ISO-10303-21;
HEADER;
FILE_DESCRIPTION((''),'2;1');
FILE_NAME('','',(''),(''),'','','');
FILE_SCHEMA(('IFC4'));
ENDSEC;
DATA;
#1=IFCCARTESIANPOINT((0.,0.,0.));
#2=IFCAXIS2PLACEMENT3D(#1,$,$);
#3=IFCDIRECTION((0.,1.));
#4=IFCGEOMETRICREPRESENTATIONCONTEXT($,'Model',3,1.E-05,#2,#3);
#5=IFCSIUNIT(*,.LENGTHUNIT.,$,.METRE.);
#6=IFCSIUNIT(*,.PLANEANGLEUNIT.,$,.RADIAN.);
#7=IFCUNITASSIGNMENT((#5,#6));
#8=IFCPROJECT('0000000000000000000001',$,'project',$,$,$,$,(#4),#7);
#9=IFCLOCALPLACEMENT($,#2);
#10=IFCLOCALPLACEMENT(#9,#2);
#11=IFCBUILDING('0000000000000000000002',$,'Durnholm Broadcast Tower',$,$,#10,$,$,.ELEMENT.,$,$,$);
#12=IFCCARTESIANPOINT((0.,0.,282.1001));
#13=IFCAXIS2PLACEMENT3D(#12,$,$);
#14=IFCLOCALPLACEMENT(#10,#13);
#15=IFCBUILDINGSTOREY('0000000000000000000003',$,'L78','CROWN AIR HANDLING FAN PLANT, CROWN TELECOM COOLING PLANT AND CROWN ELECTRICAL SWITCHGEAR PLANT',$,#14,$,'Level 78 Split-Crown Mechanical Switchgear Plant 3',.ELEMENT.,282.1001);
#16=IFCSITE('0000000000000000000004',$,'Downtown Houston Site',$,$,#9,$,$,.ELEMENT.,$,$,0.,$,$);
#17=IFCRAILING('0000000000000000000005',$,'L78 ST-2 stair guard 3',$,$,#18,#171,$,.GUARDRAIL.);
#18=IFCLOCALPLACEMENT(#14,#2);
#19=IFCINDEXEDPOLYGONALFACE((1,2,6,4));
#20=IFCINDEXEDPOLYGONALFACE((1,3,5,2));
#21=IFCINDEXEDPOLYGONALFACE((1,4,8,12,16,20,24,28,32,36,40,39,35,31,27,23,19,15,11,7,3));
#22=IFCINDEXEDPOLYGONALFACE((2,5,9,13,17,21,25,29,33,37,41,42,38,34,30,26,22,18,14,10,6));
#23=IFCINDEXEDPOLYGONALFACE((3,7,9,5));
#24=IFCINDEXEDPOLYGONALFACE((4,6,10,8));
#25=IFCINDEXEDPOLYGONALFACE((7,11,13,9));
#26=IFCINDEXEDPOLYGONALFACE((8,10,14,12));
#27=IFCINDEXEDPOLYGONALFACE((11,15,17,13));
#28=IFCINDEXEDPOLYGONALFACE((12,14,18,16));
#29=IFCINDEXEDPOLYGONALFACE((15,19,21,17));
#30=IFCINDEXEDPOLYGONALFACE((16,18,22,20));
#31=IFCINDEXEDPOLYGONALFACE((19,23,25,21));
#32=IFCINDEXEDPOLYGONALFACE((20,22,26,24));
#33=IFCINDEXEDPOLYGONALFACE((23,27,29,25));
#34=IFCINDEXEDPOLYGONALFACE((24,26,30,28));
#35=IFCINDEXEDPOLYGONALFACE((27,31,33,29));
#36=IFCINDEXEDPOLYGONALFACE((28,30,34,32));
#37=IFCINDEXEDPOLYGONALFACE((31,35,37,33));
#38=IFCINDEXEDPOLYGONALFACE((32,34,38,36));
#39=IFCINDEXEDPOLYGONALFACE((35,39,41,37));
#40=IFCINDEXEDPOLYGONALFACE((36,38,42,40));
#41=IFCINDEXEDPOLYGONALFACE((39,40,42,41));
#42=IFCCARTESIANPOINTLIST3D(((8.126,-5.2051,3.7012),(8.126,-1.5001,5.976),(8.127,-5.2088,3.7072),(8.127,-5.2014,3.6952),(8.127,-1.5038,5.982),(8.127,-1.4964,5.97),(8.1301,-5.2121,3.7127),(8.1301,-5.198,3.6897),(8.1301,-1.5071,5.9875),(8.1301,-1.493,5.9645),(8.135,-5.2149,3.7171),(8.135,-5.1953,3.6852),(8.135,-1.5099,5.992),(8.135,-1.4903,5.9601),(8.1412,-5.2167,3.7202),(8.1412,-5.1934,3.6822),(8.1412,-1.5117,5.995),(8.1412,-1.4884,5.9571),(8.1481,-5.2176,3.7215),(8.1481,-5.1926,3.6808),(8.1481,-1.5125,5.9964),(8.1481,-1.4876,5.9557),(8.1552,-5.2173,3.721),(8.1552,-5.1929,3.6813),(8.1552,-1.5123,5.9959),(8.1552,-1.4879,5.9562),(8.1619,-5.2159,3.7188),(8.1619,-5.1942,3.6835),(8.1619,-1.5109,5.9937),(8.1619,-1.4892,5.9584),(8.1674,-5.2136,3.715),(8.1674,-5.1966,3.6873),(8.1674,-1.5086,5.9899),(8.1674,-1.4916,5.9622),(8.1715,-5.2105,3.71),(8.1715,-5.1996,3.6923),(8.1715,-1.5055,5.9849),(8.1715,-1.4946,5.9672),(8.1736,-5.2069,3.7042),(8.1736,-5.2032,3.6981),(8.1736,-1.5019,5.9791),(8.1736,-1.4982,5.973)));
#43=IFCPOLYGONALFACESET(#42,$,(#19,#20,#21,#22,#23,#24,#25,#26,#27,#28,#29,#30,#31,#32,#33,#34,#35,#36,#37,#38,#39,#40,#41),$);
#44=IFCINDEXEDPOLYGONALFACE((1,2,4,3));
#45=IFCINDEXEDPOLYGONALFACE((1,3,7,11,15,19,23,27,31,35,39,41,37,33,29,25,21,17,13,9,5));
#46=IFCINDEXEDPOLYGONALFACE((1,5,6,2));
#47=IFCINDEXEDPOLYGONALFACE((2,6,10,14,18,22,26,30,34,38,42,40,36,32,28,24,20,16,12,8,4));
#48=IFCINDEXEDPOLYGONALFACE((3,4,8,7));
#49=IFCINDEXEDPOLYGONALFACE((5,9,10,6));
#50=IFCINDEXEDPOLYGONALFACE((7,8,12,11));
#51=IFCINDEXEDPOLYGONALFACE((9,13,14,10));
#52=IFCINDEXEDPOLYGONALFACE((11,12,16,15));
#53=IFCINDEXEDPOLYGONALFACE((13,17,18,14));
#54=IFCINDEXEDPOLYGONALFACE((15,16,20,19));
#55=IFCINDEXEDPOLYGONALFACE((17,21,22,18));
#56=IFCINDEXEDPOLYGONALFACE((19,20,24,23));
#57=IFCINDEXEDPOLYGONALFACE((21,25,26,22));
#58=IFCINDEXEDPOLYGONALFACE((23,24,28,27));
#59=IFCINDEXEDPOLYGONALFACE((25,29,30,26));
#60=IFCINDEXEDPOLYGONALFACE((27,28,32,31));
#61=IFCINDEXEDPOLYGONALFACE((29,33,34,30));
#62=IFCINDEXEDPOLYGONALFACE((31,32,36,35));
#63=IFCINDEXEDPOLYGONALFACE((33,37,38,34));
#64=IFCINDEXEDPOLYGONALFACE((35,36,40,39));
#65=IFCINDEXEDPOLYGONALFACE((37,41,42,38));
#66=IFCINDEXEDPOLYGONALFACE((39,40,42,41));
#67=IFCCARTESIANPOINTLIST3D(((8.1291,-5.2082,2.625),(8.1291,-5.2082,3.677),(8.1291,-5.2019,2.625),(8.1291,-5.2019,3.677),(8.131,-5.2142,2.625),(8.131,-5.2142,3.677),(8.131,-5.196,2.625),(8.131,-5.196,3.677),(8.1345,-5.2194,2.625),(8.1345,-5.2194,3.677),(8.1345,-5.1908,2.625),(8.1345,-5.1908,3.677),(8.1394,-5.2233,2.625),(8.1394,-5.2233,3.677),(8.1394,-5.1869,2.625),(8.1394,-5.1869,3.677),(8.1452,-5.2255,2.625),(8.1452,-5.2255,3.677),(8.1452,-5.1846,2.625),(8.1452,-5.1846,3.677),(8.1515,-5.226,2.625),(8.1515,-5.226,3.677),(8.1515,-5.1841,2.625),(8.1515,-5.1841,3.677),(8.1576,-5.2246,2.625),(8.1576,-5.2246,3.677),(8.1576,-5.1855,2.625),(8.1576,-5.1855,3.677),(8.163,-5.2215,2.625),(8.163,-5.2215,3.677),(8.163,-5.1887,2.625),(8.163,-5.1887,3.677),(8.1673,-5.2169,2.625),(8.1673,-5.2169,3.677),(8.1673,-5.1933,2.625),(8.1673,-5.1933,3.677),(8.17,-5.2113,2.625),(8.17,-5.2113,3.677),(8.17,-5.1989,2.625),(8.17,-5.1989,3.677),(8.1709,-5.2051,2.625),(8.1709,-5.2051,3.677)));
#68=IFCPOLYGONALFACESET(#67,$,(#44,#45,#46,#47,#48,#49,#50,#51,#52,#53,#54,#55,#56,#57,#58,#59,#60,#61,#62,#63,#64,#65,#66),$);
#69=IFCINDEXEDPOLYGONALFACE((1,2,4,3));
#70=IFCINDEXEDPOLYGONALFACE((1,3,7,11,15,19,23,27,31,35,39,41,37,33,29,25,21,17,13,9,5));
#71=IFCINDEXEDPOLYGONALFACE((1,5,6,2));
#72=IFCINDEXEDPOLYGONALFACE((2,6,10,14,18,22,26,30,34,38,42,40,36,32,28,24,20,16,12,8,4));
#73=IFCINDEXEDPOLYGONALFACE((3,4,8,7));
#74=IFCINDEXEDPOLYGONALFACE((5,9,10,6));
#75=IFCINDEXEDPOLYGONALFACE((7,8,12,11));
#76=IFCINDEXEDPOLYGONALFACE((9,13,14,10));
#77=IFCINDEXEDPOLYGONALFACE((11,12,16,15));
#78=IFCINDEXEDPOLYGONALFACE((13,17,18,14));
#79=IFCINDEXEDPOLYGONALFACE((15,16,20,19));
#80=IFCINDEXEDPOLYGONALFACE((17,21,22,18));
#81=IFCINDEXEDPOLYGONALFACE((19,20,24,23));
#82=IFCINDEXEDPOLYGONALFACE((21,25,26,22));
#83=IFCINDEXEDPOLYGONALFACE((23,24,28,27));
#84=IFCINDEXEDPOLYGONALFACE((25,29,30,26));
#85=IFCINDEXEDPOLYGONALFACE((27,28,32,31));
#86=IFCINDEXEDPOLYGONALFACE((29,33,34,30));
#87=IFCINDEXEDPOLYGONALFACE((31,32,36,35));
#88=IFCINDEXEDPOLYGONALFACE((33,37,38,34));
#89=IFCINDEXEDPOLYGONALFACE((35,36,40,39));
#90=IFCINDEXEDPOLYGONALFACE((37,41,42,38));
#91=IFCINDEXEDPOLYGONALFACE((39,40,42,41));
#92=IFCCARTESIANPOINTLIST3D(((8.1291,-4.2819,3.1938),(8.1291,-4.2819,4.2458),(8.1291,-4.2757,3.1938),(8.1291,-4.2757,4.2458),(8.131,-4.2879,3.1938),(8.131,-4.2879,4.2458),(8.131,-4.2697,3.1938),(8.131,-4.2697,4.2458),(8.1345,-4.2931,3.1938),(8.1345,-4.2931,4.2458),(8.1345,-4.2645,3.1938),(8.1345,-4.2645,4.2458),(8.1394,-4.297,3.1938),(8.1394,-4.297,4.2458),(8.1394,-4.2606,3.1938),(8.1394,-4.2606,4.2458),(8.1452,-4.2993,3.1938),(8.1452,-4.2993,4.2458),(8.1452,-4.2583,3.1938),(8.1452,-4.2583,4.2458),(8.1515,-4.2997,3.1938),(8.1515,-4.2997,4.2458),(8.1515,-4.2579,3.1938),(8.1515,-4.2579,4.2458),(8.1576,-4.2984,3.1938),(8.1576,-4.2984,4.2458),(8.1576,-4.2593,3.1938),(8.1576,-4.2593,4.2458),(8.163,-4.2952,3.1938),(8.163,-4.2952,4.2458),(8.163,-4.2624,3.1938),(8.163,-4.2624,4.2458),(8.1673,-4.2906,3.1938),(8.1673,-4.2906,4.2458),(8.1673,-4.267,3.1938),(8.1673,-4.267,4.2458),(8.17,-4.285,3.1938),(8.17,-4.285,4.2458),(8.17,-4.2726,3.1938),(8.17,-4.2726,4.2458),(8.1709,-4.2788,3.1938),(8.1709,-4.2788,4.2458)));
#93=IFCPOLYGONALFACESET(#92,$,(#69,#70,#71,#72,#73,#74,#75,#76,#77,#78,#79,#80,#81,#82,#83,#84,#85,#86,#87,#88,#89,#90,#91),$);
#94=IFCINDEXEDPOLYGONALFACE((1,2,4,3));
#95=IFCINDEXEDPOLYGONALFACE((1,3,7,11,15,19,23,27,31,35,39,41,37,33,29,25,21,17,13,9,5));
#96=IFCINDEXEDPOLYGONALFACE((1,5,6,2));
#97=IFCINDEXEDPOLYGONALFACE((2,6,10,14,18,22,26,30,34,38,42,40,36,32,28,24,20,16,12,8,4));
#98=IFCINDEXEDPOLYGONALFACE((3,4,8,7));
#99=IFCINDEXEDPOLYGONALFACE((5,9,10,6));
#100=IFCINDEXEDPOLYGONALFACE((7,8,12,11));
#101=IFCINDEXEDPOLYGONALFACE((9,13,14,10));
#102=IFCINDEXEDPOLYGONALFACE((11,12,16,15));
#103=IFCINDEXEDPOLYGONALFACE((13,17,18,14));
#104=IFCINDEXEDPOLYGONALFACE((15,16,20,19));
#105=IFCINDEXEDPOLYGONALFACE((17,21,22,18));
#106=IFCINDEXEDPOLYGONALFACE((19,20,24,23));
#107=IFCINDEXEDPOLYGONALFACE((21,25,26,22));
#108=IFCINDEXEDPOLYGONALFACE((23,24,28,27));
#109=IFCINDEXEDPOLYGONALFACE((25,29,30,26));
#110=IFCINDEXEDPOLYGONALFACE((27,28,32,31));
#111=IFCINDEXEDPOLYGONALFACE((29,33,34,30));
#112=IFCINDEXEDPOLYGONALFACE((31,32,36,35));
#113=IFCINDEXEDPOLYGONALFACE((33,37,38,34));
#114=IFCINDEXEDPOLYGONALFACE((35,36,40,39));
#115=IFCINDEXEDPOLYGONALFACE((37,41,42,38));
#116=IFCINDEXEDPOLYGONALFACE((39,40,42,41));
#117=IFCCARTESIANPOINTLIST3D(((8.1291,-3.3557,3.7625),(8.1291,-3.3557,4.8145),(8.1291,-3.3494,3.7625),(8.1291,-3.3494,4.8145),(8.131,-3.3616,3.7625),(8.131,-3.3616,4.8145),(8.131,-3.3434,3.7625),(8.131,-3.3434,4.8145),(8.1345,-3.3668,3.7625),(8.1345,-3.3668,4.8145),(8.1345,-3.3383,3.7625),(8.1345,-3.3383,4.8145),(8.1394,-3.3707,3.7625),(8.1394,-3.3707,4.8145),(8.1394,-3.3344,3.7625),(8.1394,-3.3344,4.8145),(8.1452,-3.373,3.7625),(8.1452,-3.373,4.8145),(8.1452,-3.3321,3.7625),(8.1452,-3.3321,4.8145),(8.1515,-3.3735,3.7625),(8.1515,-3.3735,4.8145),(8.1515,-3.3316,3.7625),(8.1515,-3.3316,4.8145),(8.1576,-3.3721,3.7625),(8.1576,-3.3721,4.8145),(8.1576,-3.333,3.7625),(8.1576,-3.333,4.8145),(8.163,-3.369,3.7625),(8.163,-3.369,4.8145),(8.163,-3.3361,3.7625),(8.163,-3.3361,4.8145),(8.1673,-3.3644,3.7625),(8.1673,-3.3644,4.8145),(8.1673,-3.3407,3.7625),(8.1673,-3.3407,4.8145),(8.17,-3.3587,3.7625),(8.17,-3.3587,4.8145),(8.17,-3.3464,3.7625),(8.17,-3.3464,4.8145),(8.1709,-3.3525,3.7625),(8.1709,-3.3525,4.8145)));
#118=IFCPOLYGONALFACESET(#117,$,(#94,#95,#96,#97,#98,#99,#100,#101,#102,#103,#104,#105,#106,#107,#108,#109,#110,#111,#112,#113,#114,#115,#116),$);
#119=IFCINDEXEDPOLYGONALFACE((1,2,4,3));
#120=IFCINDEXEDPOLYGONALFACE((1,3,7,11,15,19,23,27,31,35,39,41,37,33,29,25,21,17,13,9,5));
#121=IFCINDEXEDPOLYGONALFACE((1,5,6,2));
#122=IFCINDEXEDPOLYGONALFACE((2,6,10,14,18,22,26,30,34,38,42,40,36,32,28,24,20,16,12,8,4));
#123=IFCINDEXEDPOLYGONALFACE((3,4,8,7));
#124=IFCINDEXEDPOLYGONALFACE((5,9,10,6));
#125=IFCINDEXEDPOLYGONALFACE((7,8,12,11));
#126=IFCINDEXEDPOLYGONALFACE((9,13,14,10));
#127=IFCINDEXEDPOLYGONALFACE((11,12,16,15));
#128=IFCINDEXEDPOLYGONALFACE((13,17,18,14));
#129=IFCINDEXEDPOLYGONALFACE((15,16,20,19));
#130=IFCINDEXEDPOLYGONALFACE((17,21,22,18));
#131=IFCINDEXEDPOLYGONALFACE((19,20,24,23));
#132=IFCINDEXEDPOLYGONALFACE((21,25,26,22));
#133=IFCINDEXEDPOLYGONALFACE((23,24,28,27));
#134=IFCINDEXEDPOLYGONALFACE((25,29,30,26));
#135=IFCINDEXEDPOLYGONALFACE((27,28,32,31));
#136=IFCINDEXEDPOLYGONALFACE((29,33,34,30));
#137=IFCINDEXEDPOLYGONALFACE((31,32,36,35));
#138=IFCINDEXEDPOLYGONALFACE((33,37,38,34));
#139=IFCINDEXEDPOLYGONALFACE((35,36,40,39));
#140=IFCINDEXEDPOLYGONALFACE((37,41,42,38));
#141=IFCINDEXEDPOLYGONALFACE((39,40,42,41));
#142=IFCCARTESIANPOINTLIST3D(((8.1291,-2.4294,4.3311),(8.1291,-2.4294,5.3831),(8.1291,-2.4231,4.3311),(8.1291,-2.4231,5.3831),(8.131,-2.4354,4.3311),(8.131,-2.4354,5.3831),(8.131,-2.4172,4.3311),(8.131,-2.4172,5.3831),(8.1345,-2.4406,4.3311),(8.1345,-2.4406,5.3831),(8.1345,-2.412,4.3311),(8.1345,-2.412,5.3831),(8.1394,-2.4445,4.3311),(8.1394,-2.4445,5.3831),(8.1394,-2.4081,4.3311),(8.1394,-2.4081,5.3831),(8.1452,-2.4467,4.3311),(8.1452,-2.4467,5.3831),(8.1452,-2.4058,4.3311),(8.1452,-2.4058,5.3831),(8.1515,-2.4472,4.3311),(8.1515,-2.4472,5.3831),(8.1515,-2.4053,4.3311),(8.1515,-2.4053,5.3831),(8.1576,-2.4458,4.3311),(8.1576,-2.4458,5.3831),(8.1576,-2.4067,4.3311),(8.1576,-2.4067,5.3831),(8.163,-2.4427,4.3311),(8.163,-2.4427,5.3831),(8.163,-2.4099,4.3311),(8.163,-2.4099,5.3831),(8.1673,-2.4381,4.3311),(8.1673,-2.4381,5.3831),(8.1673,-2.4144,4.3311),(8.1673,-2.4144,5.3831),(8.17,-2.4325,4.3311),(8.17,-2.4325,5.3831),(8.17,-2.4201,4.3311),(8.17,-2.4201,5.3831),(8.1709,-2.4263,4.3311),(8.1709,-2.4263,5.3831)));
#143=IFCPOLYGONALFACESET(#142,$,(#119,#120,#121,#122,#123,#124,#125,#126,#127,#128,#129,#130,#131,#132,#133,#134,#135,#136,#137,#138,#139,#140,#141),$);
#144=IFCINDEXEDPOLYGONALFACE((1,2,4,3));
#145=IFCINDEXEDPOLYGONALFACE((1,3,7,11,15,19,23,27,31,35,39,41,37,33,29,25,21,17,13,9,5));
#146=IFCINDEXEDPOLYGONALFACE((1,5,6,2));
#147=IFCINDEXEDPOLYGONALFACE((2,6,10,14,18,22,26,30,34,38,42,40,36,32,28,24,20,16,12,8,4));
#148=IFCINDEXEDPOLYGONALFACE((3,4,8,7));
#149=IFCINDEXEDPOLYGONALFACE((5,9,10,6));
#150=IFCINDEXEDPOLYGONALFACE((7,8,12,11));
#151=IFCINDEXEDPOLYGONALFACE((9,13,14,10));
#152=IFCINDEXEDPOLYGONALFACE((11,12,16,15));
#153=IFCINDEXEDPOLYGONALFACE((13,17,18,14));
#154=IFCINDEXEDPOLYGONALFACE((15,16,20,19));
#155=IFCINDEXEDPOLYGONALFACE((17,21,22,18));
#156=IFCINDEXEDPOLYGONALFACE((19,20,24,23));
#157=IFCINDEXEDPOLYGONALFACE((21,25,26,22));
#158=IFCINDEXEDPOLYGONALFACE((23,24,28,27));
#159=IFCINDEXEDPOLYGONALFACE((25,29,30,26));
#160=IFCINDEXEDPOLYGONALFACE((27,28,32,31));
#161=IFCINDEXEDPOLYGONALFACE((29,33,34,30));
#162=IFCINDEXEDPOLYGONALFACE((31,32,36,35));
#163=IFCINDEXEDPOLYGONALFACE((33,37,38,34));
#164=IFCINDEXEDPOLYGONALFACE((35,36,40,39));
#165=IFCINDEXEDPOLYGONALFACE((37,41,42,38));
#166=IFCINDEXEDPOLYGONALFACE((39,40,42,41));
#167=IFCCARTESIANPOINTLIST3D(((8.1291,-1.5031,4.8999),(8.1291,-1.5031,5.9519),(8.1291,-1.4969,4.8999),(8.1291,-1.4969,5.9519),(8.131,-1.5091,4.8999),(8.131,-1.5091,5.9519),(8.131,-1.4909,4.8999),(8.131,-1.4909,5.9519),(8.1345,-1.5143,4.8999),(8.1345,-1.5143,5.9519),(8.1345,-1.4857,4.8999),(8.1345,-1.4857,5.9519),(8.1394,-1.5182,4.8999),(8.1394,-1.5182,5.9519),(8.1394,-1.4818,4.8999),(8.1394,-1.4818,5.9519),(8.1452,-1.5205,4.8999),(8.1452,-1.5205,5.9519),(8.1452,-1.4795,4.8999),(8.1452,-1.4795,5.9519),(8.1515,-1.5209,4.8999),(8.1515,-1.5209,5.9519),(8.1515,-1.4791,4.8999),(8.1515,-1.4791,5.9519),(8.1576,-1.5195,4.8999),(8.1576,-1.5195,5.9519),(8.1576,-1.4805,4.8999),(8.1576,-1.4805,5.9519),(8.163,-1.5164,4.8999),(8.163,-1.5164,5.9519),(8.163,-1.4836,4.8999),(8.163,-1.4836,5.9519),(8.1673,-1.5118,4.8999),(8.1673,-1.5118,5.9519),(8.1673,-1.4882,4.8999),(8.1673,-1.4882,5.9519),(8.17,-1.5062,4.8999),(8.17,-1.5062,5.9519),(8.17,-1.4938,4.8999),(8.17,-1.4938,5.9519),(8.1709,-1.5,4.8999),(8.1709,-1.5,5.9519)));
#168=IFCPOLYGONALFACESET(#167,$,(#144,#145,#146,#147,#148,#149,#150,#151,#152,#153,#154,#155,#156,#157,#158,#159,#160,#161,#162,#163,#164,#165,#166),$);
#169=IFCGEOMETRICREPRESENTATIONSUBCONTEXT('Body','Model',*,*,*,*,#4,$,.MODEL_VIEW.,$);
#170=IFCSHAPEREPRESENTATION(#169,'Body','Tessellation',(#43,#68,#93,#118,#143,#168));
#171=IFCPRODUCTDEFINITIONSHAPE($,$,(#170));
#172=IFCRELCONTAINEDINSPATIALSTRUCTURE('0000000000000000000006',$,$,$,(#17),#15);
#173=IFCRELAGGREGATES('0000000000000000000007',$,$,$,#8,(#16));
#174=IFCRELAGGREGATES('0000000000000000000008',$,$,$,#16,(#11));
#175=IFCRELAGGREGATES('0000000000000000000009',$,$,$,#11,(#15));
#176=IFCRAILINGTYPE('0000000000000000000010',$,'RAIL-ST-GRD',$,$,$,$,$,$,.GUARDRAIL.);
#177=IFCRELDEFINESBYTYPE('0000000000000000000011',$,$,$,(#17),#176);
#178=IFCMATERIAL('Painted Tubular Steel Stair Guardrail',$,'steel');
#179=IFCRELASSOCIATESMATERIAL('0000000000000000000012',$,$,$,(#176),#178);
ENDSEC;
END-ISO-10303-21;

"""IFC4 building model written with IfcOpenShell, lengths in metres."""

from ifc_helpers import new_model, si_unit, direction, frame, origin, origin_2d, place, context, subcontext, project, spatial, circle, extrude, material, type_object, element, save


model = new_model("IFC4")

# Units and contexts
model_context = context("Model", 3, precision=1e-05, world=origin(), true_north=direction((0.0, 1.0)))
body_context = subcontext(model_context, "Body", "Model", "MODEL_VIEW")
ifc_project = project(units=[si_unit("LENGTHUNIT", "METRE"), si_unit("PLANEANGLEUNIT", "RADIAN")], contexts=[model_context])

# Site, building, storey
site_placement = place(None, origin())
site = spatial("IfcSite", under=ifc_project, at=site_placement, Name="Downtown Houston Site", CompositionType="ELEMENT", RefElevation=0.0)
building_placement = place(site_placement, origin())
building = spatial("IfcBuilding", under=site, at=building_placement, Name="Durnholm Broadcast Tower", CompositionType="ELEMENT")
storey_placement = place(building_placement, frame((0.0, 0.0, 282.1001)))
storey = spatial("IfcBuildingStorey", under=building, at=storey_placement, Name="L78", Description="CROWN AIR HANDLING FAN PLANT, CROWN TELECOM COOLING PLANT AND CROWN ELECTRICAL SWITCHGEAR PLANT", LongName="Level 78 Split-Crown Mechanical Switchgear Plant 3", CompositionType="ELEMENT", Elevation=282.1001)

# Railing
ifc_material_1 = material(Name="Painted Tubular Steel Stair Guardrail", Category="steel")
railing_type_1 = type_object("IfcRailingType", Name="RAIL-ST-GRD", PredefinedType="GUARDRAIL", material=ifc_material_1)
railing_1_placement = place(storey_placement, frame((8.1499, -5.2051, 2.625)))
element("IfcRailing", 1, at=railing_1_placement, inside=storey, type_object=railing_type_1, Name="L78 ST-2 stair guard 3", PredefinedType="GUARDRAIL", context=body_context, shape_type="SweptSolid", body=[
    extrude(circle(Radius=0.0239, at=origin_2d()), frame((0.0, 0.0, 1.0762), z_axis=(0.0, 0.852186, 0.523239), x_axis=(-1.0, 0.0, 0.0)), (0.0, 0.0, 1.0), 4.3477),
    extrude(circle(Radius=0.021, at=origin_2d()), origin(), (0.0, 0.0, 1.0), 1.052),
    extrude(circle(Radius=0.021, at=origin_2d()), frame((0.0, 0.9263, 0.5688)), (0.0, 0.0, 1.0), 1.052),
    extrude(circle(Radius=0.021, at=origin_2d()), frame((0.0, 1.8525, 1.1375)), (0.0, 0.0, 1.0), 1.052),
    extrude(circle(Radius=0.021, at=origin_2d()), frame((0.0, 2.7788, 1.7061)), (0.0, 0.0, 1.0), 1.052),
    extrude(circle(Radius=0.021, at=origin_2d()), frame((0.0, 3.7051, 2.2749)), (0.0, 0.0, 1.0), 1.052),
])

save(model, "model.ifc")
